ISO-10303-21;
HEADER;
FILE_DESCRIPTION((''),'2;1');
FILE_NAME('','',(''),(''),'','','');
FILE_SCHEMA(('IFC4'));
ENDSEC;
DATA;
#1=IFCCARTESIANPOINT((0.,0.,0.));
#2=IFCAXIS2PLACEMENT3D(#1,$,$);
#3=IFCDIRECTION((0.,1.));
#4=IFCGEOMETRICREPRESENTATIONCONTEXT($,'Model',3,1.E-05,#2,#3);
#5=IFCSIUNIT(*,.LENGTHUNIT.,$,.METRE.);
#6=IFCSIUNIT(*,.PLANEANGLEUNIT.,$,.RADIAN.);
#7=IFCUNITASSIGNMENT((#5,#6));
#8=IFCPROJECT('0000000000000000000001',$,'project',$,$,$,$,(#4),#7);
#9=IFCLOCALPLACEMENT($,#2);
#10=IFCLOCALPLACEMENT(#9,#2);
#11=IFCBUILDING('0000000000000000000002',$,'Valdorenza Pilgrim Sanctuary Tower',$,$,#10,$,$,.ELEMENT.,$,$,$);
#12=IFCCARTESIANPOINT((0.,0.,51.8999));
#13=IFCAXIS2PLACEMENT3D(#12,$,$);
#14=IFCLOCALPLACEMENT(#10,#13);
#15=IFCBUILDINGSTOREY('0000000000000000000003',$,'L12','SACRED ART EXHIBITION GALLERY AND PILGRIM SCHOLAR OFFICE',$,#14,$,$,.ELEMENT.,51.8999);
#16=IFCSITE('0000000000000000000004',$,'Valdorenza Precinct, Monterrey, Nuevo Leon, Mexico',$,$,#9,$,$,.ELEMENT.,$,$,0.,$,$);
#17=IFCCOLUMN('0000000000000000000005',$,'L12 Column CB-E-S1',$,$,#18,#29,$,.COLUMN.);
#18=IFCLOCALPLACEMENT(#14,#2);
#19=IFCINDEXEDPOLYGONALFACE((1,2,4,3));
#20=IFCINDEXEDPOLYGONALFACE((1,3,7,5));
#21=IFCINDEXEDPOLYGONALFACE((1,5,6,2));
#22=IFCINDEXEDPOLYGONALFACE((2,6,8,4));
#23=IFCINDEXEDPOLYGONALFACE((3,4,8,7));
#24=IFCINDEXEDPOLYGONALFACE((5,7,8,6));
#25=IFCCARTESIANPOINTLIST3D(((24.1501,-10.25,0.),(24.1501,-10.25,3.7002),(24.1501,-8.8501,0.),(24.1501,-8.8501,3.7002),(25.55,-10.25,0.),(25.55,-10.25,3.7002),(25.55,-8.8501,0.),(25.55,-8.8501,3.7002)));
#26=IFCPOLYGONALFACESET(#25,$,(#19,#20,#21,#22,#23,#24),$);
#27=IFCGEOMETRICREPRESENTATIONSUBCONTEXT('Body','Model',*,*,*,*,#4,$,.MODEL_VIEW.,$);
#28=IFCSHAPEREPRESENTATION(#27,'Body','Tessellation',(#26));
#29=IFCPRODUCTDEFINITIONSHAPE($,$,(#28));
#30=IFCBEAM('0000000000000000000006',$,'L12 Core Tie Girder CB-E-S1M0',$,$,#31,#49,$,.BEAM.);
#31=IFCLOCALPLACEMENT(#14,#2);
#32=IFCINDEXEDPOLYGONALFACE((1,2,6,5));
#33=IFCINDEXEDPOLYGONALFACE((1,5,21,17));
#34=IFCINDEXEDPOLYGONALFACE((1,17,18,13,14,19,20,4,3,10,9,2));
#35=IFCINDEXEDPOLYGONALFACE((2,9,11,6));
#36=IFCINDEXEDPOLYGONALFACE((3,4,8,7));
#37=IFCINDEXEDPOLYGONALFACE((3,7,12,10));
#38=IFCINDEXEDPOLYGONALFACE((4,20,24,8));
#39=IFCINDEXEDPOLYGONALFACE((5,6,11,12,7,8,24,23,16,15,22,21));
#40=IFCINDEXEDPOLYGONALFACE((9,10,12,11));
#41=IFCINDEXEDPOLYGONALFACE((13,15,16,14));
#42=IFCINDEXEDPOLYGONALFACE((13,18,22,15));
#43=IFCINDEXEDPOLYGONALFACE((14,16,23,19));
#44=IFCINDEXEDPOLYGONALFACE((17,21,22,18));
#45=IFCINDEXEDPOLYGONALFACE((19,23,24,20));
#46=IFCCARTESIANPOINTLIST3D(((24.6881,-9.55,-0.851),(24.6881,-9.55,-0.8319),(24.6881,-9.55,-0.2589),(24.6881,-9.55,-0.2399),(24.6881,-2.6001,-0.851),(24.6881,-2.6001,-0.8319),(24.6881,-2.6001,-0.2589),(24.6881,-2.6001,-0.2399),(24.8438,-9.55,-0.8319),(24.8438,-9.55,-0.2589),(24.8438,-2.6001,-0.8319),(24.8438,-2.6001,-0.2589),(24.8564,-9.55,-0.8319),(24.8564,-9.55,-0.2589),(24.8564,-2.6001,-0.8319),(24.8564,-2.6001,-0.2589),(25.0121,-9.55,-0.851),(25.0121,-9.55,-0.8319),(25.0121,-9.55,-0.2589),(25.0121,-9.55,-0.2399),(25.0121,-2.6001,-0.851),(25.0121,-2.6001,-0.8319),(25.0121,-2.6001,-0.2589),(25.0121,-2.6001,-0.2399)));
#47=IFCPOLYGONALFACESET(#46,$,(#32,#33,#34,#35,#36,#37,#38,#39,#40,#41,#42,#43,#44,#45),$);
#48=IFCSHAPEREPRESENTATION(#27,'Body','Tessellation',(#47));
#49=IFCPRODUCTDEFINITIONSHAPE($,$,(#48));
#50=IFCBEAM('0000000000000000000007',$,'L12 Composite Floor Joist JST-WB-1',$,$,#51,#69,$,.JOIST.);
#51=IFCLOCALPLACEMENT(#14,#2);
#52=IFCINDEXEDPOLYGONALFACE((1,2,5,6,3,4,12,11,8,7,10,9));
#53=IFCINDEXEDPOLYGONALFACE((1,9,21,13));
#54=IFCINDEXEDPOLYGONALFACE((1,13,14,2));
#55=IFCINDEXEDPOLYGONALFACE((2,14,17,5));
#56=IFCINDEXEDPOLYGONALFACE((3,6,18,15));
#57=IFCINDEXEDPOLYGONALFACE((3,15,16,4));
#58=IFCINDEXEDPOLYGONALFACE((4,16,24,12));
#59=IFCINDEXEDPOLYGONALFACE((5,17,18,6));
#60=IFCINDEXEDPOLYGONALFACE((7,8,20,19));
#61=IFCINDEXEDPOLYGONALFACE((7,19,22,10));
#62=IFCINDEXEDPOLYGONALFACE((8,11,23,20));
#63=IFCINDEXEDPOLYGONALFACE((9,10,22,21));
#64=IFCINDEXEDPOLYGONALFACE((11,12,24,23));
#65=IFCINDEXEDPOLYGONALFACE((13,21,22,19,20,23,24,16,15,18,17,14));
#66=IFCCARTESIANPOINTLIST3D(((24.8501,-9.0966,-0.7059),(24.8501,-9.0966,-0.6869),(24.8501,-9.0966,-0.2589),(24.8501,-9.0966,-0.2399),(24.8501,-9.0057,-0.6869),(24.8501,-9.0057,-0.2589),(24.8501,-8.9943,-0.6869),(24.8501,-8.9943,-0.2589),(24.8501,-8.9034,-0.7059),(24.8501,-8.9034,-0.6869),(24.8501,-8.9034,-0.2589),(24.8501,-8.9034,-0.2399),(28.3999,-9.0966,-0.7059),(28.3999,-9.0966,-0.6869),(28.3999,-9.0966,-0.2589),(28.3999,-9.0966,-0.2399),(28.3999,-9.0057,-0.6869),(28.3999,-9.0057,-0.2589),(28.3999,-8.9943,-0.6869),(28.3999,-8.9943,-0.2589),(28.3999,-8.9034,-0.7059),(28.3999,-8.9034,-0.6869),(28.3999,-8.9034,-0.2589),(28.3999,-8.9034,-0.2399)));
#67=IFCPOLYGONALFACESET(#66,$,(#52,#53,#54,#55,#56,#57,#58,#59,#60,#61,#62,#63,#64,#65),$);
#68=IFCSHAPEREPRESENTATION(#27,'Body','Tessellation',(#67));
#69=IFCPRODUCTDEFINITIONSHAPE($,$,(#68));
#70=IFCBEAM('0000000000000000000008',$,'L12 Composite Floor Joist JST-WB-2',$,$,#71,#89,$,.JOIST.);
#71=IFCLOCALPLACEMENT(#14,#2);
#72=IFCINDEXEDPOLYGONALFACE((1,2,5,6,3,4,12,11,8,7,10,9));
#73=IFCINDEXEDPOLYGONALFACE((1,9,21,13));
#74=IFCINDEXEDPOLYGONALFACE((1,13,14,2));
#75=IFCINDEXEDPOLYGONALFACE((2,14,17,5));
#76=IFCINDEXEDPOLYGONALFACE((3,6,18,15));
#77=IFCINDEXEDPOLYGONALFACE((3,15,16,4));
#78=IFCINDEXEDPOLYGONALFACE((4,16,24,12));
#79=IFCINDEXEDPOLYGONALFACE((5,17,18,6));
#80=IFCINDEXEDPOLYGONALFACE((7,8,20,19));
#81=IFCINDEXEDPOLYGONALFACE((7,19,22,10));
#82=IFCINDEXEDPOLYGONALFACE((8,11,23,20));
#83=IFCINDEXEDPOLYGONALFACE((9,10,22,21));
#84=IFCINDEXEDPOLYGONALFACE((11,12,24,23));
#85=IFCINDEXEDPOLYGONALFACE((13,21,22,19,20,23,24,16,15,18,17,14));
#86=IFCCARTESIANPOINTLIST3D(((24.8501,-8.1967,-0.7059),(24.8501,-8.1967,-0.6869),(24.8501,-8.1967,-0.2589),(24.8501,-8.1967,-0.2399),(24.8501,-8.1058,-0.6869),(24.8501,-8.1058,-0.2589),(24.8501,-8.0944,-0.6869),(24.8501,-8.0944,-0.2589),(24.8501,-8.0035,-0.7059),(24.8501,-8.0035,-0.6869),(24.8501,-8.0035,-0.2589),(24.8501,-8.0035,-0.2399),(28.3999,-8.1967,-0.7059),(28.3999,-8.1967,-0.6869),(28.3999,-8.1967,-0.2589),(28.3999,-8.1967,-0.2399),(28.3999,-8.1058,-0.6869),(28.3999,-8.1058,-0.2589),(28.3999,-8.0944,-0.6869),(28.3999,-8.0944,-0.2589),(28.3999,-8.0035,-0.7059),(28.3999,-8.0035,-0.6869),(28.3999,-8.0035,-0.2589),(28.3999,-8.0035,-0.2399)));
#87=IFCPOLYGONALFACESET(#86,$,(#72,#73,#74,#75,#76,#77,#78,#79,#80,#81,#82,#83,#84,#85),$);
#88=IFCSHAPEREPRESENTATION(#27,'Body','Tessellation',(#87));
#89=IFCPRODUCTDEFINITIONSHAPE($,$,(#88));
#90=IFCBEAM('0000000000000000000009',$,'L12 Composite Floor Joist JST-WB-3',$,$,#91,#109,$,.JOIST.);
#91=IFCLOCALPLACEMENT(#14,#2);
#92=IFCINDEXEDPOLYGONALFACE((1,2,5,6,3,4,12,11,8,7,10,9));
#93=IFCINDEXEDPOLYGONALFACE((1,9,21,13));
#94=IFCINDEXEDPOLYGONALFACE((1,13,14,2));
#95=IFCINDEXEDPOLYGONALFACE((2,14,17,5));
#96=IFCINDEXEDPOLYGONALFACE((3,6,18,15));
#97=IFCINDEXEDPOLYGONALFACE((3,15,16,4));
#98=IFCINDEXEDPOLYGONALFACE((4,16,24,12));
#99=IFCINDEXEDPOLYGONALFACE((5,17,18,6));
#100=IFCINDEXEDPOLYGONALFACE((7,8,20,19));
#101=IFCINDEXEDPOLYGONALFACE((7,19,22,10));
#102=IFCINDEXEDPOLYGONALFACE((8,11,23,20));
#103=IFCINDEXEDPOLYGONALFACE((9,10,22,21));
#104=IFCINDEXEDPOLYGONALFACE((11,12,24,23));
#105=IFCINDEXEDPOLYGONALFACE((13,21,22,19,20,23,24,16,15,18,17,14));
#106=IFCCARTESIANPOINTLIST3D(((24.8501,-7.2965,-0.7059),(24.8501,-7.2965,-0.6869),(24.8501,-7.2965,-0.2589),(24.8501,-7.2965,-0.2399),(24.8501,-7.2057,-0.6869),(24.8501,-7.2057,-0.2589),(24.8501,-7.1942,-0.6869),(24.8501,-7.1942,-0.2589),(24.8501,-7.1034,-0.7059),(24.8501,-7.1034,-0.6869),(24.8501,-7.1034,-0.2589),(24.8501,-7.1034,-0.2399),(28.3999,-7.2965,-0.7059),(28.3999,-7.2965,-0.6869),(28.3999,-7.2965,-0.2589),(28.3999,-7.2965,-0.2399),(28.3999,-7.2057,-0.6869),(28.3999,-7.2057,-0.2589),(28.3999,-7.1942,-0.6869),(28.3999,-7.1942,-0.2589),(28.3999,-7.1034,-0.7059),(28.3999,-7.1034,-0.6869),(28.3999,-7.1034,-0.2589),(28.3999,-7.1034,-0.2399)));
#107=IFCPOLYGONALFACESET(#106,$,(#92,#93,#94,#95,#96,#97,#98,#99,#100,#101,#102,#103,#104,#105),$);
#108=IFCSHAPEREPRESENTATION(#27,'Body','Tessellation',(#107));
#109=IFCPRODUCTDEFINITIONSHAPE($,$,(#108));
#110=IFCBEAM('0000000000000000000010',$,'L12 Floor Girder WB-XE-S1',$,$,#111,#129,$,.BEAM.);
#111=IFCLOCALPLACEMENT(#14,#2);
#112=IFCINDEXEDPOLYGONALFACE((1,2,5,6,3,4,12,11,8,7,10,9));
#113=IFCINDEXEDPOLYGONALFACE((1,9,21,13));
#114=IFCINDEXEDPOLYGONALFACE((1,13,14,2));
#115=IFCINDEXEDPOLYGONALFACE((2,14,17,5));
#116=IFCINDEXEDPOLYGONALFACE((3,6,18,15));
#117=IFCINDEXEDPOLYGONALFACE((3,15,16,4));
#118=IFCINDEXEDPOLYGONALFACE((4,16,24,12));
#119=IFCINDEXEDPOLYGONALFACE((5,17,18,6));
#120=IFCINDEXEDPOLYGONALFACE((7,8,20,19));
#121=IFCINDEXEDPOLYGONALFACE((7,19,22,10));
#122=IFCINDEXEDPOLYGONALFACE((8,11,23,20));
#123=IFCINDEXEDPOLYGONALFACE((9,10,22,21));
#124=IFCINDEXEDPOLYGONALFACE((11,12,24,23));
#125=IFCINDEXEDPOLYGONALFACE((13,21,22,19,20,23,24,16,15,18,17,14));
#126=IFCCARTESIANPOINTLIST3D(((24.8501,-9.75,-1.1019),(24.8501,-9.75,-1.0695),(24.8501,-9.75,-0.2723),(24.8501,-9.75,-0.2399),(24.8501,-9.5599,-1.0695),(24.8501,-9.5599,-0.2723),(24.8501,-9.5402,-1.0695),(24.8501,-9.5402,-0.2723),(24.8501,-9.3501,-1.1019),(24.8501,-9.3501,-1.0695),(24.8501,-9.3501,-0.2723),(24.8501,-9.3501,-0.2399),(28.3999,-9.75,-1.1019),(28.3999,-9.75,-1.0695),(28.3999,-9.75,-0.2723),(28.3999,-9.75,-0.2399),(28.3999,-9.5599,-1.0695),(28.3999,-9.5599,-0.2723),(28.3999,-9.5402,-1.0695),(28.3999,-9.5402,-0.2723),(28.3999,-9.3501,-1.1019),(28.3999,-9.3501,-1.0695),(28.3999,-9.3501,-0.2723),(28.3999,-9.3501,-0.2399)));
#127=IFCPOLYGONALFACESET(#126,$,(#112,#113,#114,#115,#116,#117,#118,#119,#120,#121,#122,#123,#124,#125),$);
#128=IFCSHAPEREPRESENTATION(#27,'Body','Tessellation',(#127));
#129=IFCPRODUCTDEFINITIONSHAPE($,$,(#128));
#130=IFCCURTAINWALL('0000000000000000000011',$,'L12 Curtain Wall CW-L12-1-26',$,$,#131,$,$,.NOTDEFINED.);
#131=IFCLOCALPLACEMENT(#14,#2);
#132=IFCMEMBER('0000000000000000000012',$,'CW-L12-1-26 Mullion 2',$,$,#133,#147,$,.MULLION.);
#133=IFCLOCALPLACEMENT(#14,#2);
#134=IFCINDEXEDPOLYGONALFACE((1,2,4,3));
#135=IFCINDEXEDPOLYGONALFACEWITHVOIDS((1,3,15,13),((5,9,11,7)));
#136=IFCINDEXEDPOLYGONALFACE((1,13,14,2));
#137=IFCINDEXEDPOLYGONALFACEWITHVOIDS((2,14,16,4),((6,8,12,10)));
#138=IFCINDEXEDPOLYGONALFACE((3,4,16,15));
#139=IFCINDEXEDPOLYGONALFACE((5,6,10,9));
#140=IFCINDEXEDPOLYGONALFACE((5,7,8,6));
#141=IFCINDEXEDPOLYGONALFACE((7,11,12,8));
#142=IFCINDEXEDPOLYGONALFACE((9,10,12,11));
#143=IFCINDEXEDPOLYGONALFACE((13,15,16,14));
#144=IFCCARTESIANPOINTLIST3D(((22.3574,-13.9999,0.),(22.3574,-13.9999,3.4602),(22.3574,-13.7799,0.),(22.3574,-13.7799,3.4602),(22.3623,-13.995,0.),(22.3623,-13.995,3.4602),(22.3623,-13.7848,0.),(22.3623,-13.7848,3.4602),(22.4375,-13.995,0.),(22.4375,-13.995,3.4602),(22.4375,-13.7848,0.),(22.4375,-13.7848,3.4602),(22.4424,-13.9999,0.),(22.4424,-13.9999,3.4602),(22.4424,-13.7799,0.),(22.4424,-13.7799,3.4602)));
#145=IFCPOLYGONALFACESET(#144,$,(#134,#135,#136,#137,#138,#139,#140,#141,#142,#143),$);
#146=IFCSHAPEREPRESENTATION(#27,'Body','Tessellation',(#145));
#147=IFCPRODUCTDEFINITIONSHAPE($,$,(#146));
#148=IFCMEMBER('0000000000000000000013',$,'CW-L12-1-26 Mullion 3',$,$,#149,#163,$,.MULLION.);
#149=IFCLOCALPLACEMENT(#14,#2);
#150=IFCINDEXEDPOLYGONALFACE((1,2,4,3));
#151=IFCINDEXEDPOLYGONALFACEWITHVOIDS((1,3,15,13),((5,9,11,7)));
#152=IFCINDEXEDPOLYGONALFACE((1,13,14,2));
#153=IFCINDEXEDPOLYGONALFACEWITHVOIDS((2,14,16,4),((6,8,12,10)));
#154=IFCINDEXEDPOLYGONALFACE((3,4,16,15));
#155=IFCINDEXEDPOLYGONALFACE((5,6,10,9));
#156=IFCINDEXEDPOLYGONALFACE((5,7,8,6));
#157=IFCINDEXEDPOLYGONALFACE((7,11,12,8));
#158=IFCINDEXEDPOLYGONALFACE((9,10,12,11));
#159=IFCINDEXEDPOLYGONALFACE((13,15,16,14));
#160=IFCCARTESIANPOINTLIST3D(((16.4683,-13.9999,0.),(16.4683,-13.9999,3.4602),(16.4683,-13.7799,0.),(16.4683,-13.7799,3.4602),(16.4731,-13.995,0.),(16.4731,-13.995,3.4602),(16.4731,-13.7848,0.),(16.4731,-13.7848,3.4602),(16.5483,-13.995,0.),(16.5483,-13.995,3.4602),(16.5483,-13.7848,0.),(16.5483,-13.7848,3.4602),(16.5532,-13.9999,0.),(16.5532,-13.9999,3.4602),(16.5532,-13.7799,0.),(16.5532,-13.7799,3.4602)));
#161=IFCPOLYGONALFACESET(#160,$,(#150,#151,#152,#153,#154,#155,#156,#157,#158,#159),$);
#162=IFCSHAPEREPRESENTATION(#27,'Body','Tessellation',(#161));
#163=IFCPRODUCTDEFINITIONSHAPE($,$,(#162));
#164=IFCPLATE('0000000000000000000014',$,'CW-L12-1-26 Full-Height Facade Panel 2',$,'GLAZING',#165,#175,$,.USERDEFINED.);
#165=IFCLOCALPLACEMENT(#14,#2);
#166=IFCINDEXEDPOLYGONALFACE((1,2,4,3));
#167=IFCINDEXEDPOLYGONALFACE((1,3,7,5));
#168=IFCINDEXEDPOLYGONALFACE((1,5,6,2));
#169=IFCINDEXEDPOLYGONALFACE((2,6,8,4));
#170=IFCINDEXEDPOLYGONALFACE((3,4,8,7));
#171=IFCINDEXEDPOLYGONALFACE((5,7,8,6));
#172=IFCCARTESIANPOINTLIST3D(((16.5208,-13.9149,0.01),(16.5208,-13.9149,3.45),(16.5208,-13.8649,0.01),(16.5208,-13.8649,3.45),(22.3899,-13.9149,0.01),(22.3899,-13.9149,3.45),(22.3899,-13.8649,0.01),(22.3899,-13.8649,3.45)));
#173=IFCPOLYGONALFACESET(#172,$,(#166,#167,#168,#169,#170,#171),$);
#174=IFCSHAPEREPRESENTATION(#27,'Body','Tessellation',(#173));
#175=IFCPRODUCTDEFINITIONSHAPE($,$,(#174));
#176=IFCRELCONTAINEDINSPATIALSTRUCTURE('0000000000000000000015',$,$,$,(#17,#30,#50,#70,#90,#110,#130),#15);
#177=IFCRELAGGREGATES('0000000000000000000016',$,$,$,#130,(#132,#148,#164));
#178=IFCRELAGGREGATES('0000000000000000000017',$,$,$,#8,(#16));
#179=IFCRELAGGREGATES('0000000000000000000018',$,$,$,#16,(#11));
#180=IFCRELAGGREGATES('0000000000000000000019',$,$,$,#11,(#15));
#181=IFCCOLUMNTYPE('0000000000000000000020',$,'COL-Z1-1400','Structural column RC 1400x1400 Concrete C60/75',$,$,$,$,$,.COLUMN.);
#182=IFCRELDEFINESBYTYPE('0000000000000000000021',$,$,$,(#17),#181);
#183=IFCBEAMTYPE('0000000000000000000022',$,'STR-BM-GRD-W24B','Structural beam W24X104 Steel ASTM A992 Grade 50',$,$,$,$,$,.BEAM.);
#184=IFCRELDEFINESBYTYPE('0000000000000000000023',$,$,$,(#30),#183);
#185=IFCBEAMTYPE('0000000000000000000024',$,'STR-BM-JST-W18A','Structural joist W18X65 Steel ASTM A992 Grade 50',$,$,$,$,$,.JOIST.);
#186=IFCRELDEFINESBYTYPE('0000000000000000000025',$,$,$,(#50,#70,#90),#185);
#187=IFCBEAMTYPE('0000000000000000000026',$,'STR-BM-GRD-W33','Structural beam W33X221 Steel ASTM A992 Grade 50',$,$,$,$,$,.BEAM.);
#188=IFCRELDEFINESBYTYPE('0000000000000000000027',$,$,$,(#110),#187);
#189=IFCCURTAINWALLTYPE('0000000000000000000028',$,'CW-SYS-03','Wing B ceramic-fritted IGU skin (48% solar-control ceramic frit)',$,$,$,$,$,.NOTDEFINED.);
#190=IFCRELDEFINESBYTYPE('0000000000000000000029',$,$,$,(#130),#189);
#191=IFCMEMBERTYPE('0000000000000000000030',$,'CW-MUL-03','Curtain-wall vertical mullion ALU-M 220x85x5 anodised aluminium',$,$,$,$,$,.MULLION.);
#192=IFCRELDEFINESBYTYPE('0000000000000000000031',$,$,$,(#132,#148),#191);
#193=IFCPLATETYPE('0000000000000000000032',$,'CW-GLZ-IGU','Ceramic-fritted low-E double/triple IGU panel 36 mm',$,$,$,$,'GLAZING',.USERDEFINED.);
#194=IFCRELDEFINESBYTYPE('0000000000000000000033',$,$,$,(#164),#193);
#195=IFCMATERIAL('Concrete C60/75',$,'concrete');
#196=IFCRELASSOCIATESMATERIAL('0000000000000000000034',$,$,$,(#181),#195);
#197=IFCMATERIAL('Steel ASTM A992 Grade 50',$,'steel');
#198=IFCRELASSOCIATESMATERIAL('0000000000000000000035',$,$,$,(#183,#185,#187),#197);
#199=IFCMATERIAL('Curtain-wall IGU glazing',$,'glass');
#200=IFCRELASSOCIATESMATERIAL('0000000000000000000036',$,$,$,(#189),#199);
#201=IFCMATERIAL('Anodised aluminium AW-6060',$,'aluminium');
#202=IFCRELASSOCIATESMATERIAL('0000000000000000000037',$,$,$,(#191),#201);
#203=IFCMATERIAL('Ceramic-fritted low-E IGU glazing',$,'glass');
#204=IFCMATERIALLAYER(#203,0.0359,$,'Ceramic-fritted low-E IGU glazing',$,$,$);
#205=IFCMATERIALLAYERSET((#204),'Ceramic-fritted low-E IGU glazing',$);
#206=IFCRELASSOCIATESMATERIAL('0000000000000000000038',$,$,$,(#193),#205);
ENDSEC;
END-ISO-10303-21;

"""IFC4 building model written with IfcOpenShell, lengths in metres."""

from ifc_helpers import new_model, si_unit, direction, frame, origin, origin_2d, place, context, subcontext, project, spatial, rectangle, hollow_rectangle, i_section, extrude, source, transform, mapped, material, layer, layer_set, material_profile, profile_set, type_object, element, aggregate, save


model = new_model("IFC4")

# Units and contexts
model_context = context("Model", 3, precision=1e-05, world=origin(), true_north=direction((0.0, 1.0)))
body_context = subcontext(model_context, "Body", "Model", "MODEL_VIEW")
ifc_project = project(units=[si_unit("LENGTHUNIT", "METRE"), si_unit("PLANEANGLEUNIT", "RADIAN")], contexts=[model_context])

# Site, building, storey
site_placement = place(None, origin())
site = spatial("IfcSite", under=ifc_project, at=site_placement, Name="Valdorenza Precinct, Monterrey, Nuevo Leon, Mexico", CompositionType="ELEMENT", RefElevation=0.0)
building_placement = place(site_placement, origin())
building = spatial("IfcBuilding", under=site, at=building_placement, Name="Valdorenza Pilgrim Sanctuary Tower", CompositionType="ELEMENT")
storey_placement = place(building_placement, frame((0.0, 0.0, 51.8999)))
storey = spatial("IfcBuildingStorey", under=building, at=storey_placement, Name="L12", Description="SACRED ART EXHIBITION GALLERY AND PILGRIM SCHOLAR OFFICE", CompositionType="ELEMENT", Elevation=51.8999)

# Column
ifc_material_1 = material(Name="Concrete C60/75", Category="concrete")
ifc_material_profile_1 = material_profile(ifc_material_1, rectangle(XDim=1.3999, YDim=1.3999, at=origin_2d()), Name="RC 1400x1400")
ifc_profile_set_1 = profile_set([ifc_material_profile_1], Name="Concrete C60/75")
column_type = type_object("IfcColumnType", Name="COL-Z1-1400", Description="Structural column RC 1400x1400 Concrete C60/75", PredefinedType="COLUMN", material=ifc_profile_set_1)
shared_shape_1 = source(origin(), body_context, "Body", "SweptSolid", [
    extrude(rectangle(XDim=1.3999, YDim=1.3999, at=origin_2d()), origin(), (0.0, 0.0, 1.0), 3.7002),
])
column_placement = place(storey_placement, frame((24.8501, -9.55, 0.0), z_axis=(0.0, 0.0, 1.0), x_axis=(1.0, 0.0, 0.0)))
element("IfcColumn", 1, at=column_placement, inside=storey, type_object=column_type, Name="L12 Column CB-E-S1", PredefinedType="COLUMN", context=body_context, shape_type="MappedRepresentation", body=[
    mapped(shared_shape_1, transform((0.0, 0.0, 0.0), x_axis=(1.0, 0.0, 0.0), y_axis=(0.0, 1.0, 0.0), z_axis=(0.0, 0.0, 1.0), scale=1.0)),
])

# Beams
ifc_material_2 = material(Name="Steel ASTM A992 Grade 50", Category="steel")
ifc_material_profile_2 = material_profile(ifc_material_2, i_section(OverallWidth=0.324, OverallDepth=0.6111, WebThickness=0.0127, FlangeThickness=0.019, at=origin_2d()), Name="W24X104")
ifc_profile_set_2 = profile_set([ifc_material_profile_2], Name="Steel ASTM A992 Grade 50")
beam_type_1 = type_object("IfcBeamType", Name="STR-BM-GRD-W24B", Description="Structural beam W24X104 Steel ASTM A992 Grade 50", PredefinedType="BEAM", material=ifc_profile_set_2)
shared_shape_2 = source(origin(), body_context, "Body", "SweptSolid", [
    extrude(i_section(OverallWidth=0.324, OverallDepth=0.6111, WebThickness=0.0127, FlangeThickness=0.019, at=origin_2d()), origin(), (0.0, 0.0, 1.0), 6.95),
])
beam_1_placement = place(storey_placement, frame((24.8501, -9.55, -0.5454), z_axis=(0.0, 1.0, 0.0), x_axis=(-1.0, 0.0, 0.0)))
element("IfcBeam", 2, at=beam_1_placement, inside=storey, type_object=beam_type_1, Name="L12 Core Tie Girder CB-E-S1M0", PredefinedType="BEAM", context=body_context, shape_type="MappedRepresentation", body=[
    mapped(shared_shape_2, transform((0.0, 0.0, 0.0), x_axis=(1.0, 0.0, 0.0), y_axis=(0.0, 1.0, 0.0), z_axis=(0.0, 0.0, 1.0), scale=1.0)),
])
ifc_material_profile_3 = material_profile(ifc_material_2, i_section(OverallWidth=0.1931, OverallDepth=0.4661, WebThickness=0.0115, FlangeThickness=0.019, at=origin_2d()), Name="W18X65")
ifc_profile_set_3 = profile_set([ifc_material_profile_3], Name="Steel ASTM A992 Grade 50")
beam_type_2 = type_object("IfcBeamType", Name="STR-BM-JST-W18A", Description="Structural joist W18X65 Steel ASTM A992 Grade 50", PredefinedType="JOIST", material=ifc_profile_set_3)
shared_shape_3 = source(origin(), body_context, "Body", "SweptSolid", [
    extrude(i_section(OverallWidth=0.1931, OverallDepth=0.4661, WebThickness=0.0115, FlangeThickness=0.019, at=origin_2d()), origin(), (0.0, 0.0, 1.0), 3.5498),
])
for number, where, z_axis, x_axis, name in (
    (3, (24.8501, -9.0, -0.4729), (1.0, 0.0, 0.0), (0.0, 1.0, 0.0), "L12 Composite Floor Joist JST-WB-1"),
    (4, (24.8501, -8.1001, -0.4729), (1.0, 0.0, 0.0), (0.0, 1.0, 0.0), "L12 Composite Floor Joist JST-WB-2"),
    (5, (24.8501, -7.2, -0.4729), (1.0, 0.0, 0.0), (0.0, 1.0, 0.0), "L12 Composite Floor Joist JST-WB-3"),
):
    element("IfcBeam", number, at=place(storey_placement, frame(where, z_axis=z_axis, x_axis=x_axis)), inside=storey, type_object=beam_type_2, Name=name, PredefinedType="JOIST", context=body_context, shape_type="MappedRepresentation", body=[
        mapped(shared_shape_3, transform((0.0, 0.0, 0.0), x_axis=(1.0, 0.0, 0.0), y_axis=(0.0, 1.0, 0.0), z_axis=(0.0, 0.0, 1.0), scale=1.0)),
    ])
ifc_material_profile_4 = material_profile(ifc_material_2, i_section(OverallWidth=0.3999, OverallDepth=0.8621, WebThickness=0.0198, FlangeThickness=0.0325, at=origin_2d()), Name="W33X221")
ifc_profile_set_4 = profile_set([ifc_material_profile_4], Name="Steel ASTM A992 Grade 50")
beam_type_3 = type_object("IfcBeamType", Name="STR-BM-GRD-W33", Description="Structural beam W33X221 Steel ASTM A992 Grade 50", PredefinedType="BEAM", material=ifc_profile_set_4)
shared_shape_4 = source(origin(), body_context, "Body", "SweptSolid", [
    extrude(i_section(OverallWidth=0.3999, OverallDepth=0.8621, WebThickness=0.0198, FlangeThickness=0.0325, at=origin_2d()), origin(), (0.0, 0.0, 1.0), 3.5498),
])
beam_2_placement = place(storey_placement, frame((24.8501, -9.55, -0.6709), z_axis=(1.0, 0.0, 0.0), x_axis=(0.0, 1.0, 0.0)))
element("IfcBeam", 6, at=beam_2_placement, inside=storey, type_object=beam_type_3, Name="L12 Floor Girder WB-XE-S1", PredefinedType="BEAM", context=body_context, shape_type="MappedRepresentation", body=[
    mapped(shared_shape_4, transform((0.0, 0.0, 0.0), x_axis=(1.0, 0.0, 0.0), y_axis=(0.0, 1.0, 0.0), z_axis=(0.0, 0.0, 1.0), scale=1.0)),
])

# Curtain wall, members, plate
ifc_material_3 = material(Name="Curtain-wall IGU glazing", Category="glass")
curtain_wall_type = type_object("IfcCurtainWallType", Name="CW-SYS-03", Description="Wing B ceramic-fritted IGU skin (48% solar-control ceramic frit)", PredefinedType="NOTDEFINED", material=ifc_material_3)
curtain_wall_placement = place(storey_placement, origin())
curtain_wall = element("IfcCurtainWall", 7, at=curtain_wall_placement, inside=storey, type_object=curtain_wall_type, Name="L12 Curtain Wall CW-L12-1-26", PredefinedType="NOTDEFINED")
ifc_material_4 = material(Name="Anodised aluminium AW-6060", Category="aluminium")
ifc_material_profile_5 = material_profile(ifc_material_4, hollow_rectangle(XDim=0.085, YDim=0.22, WallThickness=0.0049, at=origin_2d()), Name="ALU-M 220x85x5")
ifc_profile_set_5 = profile_set([ifc_material_profile_5], Name="Anodised aluminium AW-6060")
member_type = type_object("IfcMemberType", Name="CW-MUL-03", Description="Curtain-wall vertical mullion ALU-M 220x85x5 anodised aluminium", PredefinedType="MULLION", material=ifc_profile_set_5)
shared_shape_5 = source(origin(), body_context, "Body", "SweptSolid", [
    extrude(hollow_rectangle(XDim=0.085, YDim=0.22, WallThickness=0.0049, at=origin_2d()), origin(), (0.0, 0.0, 1.0), 3.4602),
])
member_1_placement = place(storey_placement, frame((22.3999, -13.8899, 0.0), z_axis=(0.0, 0.0, 1.0), x_axis=(-1.0, 0.0, 0.0)))
member_1 = element("IfcMember", 8, at=member_1_placement, type_object=member_type, Name="CW-L12-1-26 Mullion 2", PredefinedType="MULLION", context=body_context, shape_type="MappedRepresentation", body=[
    mapped(shared_shape_5, transform((0.0, 0.0, 0.0), x_axis=(1.0, 0.0, 0.0), y_axis=(0.0, 1.0, 0.0), z_axis=(0.0, 0.0, 1.0), scale=1.0)),
])
member_2_placement = place(storey_placement, frame((16.5107, -13.8899, 0.0), z_axis=(0.0, 0.0, 1.0), x_axis=(-1.0, 0.0, 0.0)))
member_2 = element("IfcMember", 9, at=member_2_placement, type_object=member_type, Name="CW-L12-1-26 Mullion 3", PredefinedType="MULLION", context=body_context, shape_type="MappedRepresentation", body=[
    mapped(shared_shape_5, transform((0.0, 0.0, 0.0), x_axis=(1.0, 0.0, 0.0), y_axis=(0.0, 1.0, 0.0), z_axis=(0.0, 0.0, 1.0), scale=1.0)),
])
ifc_material_5 = material(Name="Ceramic-fritted low-E IGU glazing", Category="glass")
ifc_layer_1 = layer(ifc_material_5, 0.0359, Name="Ceramic-fritted low-E IGU glazing")
ifc_layer_set_1 = layer_set([ifc_layer_1], Name="Ceramic-fritted low-E IGU glazing")
plate_type = type_object("IfcPlateType", Name="CW-GLZ-IGU", Description="Ceramic-fritted low-E double/triple IGU panel 36 mm", ElementType="GLAZING", PredefinedType="USERDEFINED", material=ifc_layer_set_1)
shared_shape_6 = source(origin(), body_context, "Body", "SweptSolid", [
    extrude(rectangle(XDim=5.8691, YDim=0.05, at=origin_2d()), origin(), (0.0, 0.0, 1.0), 3.4399),
])
plate_placement = place(storey_placement, frame((19.4553, -13.8899, 0.01), z_axis=(0.0, 0.0, 1.0), x_axis=(-1.0, 0.0, 0.0)))
plate = element("IfcPlate", 10, at=plate_placement, type_object=plate_type, Name="CW-L12-1-26 Full-Height Facade Panel 2", ObjectType="GLAZING", PredefinedType="USERDEFINED", context=body_context, shape_type="MappedRepresentation", body=[
    mapped(shared_shape_6, transform((0.0, 0.0, 0.0), x_axis=(1.0, 0.0, 0.0), y_axis=(0.0, 1.0, 0.0), z_axis=(0.0, 0.0, 1.0), scale=1.0)),
])
aggregate(curtain_wall, [member_1, member_2, plate])

save(model, "model.ifc")
